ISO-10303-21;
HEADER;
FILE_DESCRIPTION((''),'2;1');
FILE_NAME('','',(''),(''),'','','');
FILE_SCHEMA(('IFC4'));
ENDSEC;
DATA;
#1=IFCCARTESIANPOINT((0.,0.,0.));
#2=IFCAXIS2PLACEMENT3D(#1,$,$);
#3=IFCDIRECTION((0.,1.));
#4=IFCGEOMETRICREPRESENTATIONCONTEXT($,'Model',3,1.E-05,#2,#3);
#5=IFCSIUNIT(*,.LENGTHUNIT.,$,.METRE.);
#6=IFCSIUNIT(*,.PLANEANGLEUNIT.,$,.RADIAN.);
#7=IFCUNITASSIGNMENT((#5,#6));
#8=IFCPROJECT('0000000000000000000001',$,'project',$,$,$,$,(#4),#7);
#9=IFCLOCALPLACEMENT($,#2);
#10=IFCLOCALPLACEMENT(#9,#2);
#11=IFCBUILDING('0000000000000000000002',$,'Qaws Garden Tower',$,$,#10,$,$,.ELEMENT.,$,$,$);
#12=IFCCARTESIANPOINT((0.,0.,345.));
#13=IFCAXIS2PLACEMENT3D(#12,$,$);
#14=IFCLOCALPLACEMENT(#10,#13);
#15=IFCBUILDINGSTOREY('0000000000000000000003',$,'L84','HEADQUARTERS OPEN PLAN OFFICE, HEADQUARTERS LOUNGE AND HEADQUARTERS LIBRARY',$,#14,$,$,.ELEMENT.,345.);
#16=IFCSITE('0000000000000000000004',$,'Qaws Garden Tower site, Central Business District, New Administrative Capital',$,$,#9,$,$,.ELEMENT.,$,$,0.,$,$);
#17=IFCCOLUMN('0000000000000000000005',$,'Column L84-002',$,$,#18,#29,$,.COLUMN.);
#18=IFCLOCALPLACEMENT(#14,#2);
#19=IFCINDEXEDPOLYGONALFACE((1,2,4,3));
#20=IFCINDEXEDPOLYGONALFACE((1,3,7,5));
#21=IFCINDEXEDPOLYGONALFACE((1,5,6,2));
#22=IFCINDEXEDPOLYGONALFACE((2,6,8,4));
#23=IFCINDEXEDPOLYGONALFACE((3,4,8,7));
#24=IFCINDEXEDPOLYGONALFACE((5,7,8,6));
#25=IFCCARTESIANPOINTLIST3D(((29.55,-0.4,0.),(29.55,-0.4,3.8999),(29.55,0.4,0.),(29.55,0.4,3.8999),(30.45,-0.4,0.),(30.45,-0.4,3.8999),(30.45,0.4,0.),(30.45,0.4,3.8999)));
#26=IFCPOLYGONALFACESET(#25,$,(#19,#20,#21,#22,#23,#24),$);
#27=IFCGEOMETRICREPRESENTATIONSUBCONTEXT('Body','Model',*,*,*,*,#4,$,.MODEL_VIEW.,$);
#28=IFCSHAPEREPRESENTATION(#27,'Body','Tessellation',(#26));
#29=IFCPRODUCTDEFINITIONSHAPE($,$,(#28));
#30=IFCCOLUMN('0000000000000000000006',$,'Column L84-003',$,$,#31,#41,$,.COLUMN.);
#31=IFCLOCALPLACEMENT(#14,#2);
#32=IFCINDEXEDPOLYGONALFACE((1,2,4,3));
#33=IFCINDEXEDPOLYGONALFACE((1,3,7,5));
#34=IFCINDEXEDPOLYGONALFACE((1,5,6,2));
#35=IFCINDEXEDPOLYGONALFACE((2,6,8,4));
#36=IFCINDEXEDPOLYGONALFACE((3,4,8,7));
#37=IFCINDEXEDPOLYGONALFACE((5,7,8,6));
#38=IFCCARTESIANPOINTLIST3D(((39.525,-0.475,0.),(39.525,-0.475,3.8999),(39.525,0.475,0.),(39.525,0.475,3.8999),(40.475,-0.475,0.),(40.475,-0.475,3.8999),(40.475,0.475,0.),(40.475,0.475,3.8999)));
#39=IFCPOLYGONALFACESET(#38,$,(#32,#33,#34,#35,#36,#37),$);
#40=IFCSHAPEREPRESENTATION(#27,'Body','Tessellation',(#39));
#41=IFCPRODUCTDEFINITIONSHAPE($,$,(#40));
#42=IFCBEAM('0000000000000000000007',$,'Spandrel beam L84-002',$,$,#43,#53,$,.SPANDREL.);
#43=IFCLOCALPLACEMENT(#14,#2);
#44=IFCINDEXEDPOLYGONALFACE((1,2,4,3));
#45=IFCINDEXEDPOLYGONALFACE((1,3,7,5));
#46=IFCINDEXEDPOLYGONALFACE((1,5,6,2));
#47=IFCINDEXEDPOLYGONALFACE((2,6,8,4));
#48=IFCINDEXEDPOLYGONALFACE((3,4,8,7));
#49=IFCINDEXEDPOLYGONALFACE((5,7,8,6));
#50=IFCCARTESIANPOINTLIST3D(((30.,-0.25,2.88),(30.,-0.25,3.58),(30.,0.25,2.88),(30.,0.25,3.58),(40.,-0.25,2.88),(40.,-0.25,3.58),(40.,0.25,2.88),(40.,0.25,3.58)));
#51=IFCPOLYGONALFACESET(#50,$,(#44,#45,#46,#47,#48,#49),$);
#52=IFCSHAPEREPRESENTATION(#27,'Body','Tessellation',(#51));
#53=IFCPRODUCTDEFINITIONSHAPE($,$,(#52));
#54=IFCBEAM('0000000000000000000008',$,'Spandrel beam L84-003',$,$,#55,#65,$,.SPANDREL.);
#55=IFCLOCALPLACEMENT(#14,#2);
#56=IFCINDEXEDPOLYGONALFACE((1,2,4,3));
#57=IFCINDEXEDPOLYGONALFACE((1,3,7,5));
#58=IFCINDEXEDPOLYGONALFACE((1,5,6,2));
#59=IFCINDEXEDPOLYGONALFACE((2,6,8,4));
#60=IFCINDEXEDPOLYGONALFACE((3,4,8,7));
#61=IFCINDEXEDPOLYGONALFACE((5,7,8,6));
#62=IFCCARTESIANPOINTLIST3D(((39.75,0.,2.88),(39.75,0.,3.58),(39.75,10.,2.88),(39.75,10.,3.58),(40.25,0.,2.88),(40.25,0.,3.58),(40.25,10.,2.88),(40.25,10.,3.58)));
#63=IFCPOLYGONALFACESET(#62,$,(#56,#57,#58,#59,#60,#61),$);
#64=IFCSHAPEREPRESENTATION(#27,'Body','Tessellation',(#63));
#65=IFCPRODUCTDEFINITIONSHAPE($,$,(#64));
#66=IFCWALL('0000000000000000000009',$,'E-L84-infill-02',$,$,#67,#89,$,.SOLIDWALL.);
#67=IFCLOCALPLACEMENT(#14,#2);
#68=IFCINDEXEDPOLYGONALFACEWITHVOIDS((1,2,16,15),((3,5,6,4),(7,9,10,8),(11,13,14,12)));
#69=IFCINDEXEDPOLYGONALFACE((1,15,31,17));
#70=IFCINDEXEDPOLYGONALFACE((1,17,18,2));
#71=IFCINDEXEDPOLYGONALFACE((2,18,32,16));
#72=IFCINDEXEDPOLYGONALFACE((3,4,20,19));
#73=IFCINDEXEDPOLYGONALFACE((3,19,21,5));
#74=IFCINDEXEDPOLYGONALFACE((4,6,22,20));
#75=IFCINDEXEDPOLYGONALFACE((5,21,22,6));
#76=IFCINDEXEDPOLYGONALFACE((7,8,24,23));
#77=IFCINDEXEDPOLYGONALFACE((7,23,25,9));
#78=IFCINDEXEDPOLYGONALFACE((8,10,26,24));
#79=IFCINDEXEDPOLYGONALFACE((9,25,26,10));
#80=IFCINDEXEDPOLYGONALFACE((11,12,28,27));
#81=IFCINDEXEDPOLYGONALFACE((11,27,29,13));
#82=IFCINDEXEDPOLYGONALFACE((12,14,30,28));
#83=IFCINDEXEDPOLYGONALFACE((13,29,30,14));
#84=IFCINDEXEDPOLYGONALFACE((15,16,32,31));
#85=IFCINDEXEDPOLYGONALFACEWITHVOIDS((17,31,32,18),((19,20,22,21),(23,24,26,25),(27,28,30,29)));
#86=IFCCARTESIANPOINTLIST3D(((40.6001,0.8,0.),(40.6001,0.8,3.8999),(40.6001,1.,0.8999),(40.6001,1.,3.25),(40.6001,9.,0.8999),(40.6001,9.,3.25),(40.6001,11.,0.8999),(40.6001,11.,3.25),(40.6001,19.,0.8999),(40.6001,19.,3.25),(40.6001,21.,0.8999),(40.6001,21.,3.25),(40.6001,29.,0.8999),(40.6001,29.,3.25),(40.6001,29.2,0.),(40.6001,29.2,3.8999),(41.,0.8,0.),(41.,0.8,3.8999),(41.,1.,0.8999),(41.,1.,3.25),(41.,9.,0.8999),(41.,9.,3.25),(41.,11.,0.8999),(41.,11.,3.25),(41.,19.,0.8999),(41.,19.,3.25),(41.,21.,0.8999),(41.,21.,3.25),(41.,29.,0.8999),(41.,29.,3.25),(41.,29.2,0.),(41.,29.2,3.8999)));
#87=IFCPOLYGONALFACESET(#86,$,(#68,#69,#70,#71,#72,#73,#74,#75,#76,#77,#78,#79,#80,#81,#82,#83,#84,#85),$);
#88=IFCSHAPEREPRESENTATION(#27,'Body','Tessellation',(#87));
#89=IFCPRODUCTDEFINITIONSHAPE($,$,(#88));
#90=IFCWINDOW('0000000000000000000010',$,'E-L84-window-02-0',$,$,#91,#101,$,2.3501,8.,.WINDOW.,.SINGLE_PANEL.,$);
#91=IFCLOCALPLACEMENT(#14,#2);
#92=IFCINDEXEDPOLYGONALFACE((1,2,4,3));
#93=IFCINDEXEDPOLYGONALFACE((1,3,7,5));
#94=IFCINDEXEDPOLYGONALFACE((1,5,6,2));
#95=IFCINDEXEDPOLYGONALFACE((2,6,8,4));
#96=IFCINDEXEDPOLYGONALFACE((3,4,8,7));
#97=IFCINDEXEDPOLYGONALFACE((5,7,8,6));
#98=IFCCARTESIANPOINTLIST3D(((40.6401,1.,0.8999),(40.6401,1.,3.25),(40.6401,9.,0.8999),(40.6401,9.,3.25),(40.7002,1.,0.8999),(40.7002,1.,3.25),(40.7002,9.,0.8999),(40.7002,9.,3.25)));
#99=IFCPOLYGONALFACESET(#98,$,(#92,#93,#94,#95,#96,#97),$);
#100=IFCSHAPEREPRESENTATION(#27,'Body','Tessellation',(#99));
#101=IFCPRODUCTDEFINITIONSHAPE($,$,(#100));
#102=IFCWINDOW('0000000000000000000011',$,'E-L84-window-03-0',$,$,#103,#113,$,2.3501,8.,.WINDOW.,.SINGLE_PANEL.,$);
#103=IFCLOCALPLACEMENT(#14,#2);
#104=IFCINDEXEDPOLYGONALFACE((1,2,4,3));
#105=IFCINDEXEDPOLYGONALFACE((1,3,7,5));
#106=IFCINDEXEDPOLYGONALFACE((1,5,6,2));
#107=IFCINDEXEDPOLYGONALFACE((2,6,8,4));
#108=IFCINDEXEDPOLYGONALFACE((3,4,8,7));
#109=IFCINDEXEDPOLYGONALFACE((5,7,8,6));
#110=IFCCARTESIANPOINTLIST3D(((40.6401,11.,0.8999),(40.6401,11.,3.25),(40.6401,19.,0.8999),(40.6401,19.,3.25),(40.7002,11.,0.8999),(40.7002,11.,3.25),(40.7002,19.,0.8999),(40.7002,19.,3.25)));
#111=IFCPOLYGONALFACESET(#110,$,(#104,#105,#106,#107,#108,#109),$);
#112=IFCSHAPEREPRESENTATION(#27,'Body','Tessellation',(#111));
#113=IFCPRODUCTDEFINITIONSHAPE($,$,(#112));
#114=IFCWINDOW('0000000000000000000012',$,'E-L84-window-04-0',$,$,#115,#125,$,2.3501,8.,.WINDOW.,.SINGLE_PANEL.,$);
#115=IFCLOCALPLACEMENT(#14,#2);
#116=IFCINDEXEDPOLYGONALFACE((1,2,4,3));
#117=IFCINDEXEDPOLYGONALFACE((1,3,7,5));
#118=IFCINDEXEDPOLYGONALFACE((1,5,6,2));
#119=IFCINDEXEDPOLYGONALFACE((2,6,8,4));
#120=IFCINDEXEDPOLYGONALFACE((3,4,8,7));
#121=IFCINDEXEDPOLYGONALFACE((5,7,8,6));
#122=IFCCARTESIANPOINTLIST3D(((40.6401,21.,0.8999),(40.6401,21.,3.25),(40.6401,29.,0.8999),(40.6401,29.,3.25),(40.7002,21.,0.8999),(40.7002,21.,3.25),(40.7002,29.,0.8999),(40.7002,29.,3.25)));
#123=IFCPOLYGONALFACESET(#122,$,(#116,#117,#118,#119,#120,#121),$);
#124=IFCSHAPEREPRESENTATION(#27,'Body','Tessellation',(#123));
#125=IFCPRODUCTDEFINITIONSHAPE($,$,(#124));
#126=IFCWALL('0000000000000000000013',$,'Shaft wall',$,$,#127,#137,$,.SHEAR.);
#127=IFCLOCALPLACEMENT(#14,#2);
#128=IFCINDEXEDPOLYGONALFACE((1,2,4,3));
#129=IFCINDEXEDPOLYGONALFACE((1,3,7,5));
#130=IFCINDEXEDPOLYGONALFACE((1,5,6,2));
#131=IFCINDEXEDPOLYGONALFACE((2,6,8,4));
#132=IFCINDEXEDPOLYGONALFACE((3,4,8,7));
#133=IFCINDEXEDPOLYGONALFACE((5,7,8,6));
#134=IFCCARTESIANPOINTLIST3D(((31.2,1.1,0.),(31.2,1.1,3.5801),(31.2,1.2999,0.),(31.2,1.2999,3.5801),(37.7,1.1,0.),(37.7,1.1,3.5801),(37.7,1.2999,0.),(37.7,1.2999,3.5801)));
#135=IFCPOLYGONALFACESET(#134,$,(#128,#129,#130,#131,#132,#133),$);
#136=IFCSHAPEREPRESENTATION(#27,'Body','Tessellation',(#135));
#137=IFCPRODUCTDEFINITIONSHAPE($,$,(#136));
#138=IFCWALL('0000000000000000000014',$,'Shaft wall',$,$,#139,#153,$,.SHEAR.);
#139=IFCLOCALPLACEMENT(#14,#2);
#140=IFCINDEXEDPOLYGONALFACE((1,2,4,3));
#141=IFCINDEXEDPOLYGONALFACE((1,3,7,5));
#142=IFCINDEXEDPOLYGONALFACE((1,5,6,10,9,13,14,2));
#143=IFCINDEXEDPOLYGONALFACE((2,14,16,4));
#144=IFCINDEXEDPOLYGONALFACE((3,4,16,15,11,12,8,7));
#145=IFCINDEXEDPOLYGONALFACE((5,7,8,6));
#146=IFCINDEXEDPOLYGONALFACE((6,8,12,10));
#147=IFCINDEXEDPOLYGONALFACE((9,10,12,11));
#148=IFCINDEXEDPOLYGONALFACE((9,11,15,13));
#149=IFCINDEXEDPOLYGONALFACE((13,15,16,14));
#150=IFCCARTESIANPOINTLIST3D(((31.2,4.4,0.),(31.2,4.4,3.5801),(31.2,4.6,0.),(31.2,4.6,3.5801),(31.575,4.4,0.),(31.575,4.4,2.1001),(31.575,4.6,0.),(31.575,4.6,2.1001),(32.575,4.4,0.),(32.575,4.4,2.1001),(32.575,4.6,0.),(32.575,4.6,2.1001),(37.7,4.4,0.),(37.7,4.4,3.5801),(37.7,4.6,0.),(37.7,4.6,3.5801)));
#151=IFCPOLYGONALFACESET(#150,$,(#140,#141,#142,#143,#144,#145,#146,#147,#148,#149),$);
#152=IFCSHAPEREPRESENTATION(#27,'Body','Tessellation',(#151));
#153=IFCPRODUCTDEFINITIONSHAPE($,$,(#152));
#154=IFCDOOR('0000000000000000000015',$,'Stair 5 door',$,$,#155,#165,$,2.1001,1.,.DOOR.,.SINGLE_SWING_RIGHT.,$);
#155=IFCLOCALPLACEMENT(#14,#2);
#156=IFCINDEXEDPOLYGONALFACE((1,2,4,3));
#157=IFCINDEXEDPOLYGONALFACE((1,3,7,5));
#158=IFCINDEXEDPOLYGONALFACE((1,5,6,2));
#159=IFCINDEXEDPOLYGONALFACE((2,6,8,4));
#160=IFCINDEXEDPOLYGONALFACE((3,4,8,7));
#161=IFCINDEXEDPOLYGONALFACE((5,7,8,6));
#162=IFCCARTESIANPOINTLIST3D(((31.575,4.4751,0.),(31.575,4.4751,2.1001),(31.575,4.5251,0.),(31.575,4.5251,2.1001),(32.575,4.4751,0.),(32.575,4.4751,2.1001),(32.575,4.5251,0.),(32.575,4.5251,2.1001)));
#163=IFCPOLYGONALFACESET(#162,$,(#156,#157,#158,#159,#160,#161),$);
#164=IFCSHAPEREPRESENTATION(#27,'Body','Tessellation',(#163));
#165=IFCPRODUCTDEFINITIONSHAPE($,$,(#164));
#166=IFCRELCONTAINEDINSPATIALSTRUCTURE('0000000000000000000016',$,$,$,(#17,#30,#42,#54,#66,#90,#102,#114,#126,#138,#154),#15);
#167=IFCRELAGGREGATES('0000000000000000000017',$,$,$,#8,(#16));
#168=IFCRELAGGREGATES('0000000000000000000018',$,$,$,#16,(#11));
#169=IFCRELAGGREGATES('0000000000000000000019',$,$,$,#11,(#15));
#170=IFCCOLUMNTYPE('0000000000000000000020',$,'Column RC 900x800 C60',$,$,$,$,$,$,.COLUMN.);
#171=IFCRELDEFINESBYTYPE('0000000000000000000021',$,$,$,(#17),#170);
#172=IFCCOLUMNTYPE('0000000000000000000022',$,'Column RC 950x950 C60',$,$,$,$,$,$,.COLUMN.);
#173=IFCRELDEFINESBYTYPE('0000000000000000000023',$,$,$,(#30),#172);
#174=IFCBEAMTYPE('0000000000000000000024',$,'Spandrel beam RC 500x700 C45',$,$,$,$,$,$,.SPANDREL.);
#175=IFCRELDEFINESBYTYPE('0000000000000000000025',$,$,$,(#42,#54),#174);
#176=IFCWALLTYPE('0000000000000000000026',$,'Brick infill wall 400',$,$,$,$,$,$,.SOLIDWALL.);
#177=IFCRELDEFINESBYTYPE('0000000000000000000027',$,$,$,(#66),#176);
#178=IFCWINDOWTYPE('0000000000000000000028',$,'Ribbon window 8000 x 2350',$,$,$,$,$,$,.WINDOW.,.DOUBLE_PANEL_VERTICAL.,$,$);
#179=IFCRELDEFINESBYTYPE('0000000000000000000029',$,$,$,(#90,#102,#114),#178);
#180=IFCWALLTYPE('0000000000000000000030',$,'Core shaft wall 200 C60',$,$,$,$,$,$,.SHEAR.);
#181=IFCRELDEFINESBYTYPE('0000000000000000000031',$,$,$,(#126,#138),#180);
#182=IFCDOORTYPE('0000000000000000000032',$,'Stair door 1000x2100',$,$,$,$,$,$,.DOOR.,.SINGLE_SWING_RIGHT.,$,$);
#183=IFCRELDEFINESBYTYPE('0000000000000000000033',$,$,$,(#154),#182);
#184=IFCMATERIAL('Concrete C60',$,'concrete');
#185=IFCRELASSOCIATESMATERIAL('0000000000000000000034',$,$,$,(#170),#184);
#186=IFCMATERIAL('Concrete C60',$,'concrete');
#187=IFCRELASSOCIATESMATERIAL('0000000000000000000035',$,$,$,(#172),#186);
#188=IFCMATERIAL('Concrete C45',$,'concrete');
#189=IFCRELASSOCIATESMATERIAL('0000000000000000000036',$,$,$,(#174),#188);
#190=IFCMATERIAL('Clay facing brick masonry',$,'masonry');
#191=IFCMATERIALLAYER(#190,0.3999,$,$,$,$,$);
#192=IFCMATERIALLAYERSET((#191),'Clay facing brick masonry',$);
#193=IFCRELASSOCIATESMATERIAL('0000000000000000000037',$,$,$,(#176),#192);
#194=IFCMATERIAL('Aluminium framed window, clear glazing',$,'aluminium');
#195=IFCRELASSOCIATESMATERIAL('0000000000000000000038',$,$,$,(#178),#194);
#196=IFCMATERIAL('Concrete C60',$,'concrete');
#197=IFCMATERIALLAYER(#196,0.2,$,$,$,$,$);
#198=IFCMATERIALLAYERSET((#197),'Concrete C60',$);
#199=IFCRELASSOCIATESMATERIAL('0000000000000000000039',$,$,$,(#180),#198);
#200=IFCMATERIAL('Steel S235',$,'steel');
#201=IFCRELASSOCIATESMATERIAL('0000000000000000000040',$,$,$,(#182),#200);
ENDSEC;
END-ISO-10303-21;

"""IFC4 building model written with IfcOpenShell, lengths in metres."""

from ifc_helpers import new_model, si_unit, direction, frame, frame_2d, origin, origin_2d, place, context, subcontext, project, spatial, rectangle, extrude, material, layer, layer_set, material_profile, profile_set, type_object, element, fill, save


model = new_model("IFC4")

# Units and contexts
model_context = context("Model", 3, precision=1e-05, world=origin(), true_north=direction((0.0, 1.0)))
body_context = subcontext(model_context, "Body", "Model", "MODEL_VIEW")
ifc_project = project(units=[si_unit("LENGTHUNIT", "METRE"), si_unit("PLANEANGLEUNIT", "RADIAN")], contexts=[model_context])

# Site, building, storey
site_placement = place(None, origin())
site = spatial("IfcSite", under=ifc_project, at=site_placement, Name="Qaws Garden Tower site, Central Business District, New Administrative Capital", CompositionType="ELEMENT", RefElevation=0.0)
building_placement = place(site_placement, origin())
building = spatial("IfcBuilding", under=site, at=building_placement, Name="Qaws Garden Tower", CompositionType="ELEMENT")
storey_placement = place(building_placement, frame((0.0, 0.0, 345.0)))
storey = spatial("IfcBuildingStorey", under=building, at=storey_placement, Name="L84", Description="HEADQUARTERS OPEN PLAN OFFICE, HEADQUARTERS LOUNGE AND HEADQUARTERS LIBRARY", CompositionType="ELEMENT", Elevation=345.0)

# Columns
ifc_material_1 = material(Name="Concrete C60", Category="concrete")
ifc_material_profile_1 = material_profile(ifc_material_1, rectangle(XDim=0.8999, YDim=0.8, at=origin_2d()), Name="RC 900x800")
ifc_profile_set_1 = profile_set([ifc_material_profile_1], Name="Concrete C60")
column_type_1 = type_object("IfcColumnType", Name="Column RC 900x800 C60", PredefinedType="COLUMN", material=ifc_profile_set_1)
column_1_placement = place(storey_placement, frame((30.0, 0.0, 0.0), z_axis=(0.0, 0.0, 1.0), x_axis=(1.0, 0.0, 0.0)))
element("IfcColumn", 1, at=column_1_placement, inside=storey, type_object=column_type_1, Name="Column L84-002", PredefinedType="COLUMN", context=body_context, shape_type="SweptSolid", body=[
    extrude(rectangle(XDim=0.8999, YDim=0.8, at=origin_2d()), origin(), (0.0, 0.0, 1.0), 3.8999),
])
ifc_material_2 = material(Name="Concrete C60", Category="concrete")
ifc_material_profile_2 = material_profile(ifc_material_2, rectangle(XDim=0.95, YDim=0.95, at=origin_2d()), Name="RC 950x950")
ifc_profile_set_2 = profile_set([ifc_material_profile_2], Name="Concrete C60")
column_type_2 = type_object("IfcColumnType", Name="Column RC 950x950 C60", PredefinedType="COLUMN", material=ifc_profile_set_2)
column_2_placement = place(storey_placement, frame((40.0, 0.0, 0.0), z_axis=(0.0, 0.0, 1.0), x_axis=(1.0, 0.0, 0.0)))
element("IfcColumn", 2, at=column_2_placement, inside=storey, type_object=column_type_2, Name="Column L84-003", PredefinedType="COLUMN", context=body_context, shape_type="SweptSolid", body=[
    extrude(rectangle(XDim=0.95, YDim=0.95, at=origin_2d()), origin(), (0.0, 0.0, 1.0), 3.8999),
])

# Beams
ifc_material_3 = material(Name="Concrete C45", Category="concrete")
ifc_material_profile_3 = material_profile(ifc_material_3, rectangle(XDim=0.5, YDim=0.7, at=origin_2d()), Name="RC 500x700")
ifc_profile_set_3 = profile_set([ifc_material_profile_3], Name="Concrete C45")
beam_type = type_object("IfcBeamType", Name="Spandrel beam RC 500x700 C45", PredefinedType="SPANDREL", material=ifc_profile_set_3)
for number, where, z_axis, x_axis, name in (
    (3, (30.0, 0.0, 3.23), (1.0, 0.0, 0.0), (0.0, 1.0, 0.0), "Spandrel beam L84-002"),
    (4, (40.0, 0.0, 3.23), (0.0, 1.0, 0.0), (-1.0, 0.0, 0.0), "Spandrel beam L84-003"),
):
    element("IfcBeam", number, at=place(storey_placement, frame(where, z_axis=z_axis, x_axis=x_axis)), inside=storey, type_object=beam_type, Name=name, PredefinedType="SPANDREL", context=body_context, shape_type="SweptSolid", body=[
        extrude(rectangle(XDim=0.5, YDim=0.7, at=origin_2d()), origin(), (0.0, 0.0, 1.0), 10.0),
    ])

# Wall, openings, windows
ifc_material_4 = material(Name="Clay facing brick masonry", Category="masonry")
ifc_layer_1 = layer(ifc_material_4, 0.3999)
ifc_layer_set_1 = layer_set([ifc_layer_1], Name="Clay facing brick masonry")
wall_type_1 = type_object("IfcWallType", Name="Brick infill wall 400", PredefinedType="SOLIDWALL", material=ifc_layer_set_1)
wall_1_placement = place(storey_placement, frame((40.8, 0.8, 0.0), z_axis=(0.0, 0.0, 1.0), x_axis=(0.0, 1.0, 0.0)))
wall_1 = element("IfcWall", 5, at=wall_1_placement, inside=storey, type_object=wall_type_1, Name="E-L84-infill-02", PredefinedType="SOLIDWALL", context=body_context, shape_type="SweptSolid", body=[
    extrude(rectangle(XDim=28.3999, YDim=0.3999, at=frame_2d((14.2, 0.0))), origin(), (0.0, 0.0, 1.0), 3.8999),
])
opening_1_placement = place(wall_1_placement, frame((0.2, 0.0, 0.8999)))
opening_1 = element("IfcOpeningElement", 6, at=opening_1_placement, cuts=wall_1, PredefinedType="OPENING", context=body_context, shape_type="SweptSolid", body=[
    extrude(rectangle(XDim=8.0, YDim=2.3501, at=frame_2d((4.0, 1.175))), frame((0.0, 0.21, 0.0), z_axis=(0.0, -1.0, 0.0), x_axis=(1.0, 0.0, 0.0)), (0.0, 0.0, 1.0), 0.4199),
])
opening_2_placement = place(wall_1_placement, frame((10.2, 0.0, 0.8999)))
opening_2 = element("IfcOpeningElement", 7, at=opening_2_placement, cuts=wall_1, PredefinedType="OPENING", context=body_context, shape_type="SweptSolid", body=[
    extrude(rectangle(XDim=8.0, YDim=2.3501, at=frame_2d((4.0, 1.175))), frame((0.0, 0.21, 0.0), z_axis=(0.0, -1.0, 0.0), x_axis=(1.0, 0.0, 0.0)), (0.0, 0.0, 1.0), 0.4199),
])
opening_3_placement = place(wall_1_placement, frame((20.2, 0.0, 0.8999)))
opening_3 = element("IfcOpeningElement", 8, at=opening_3_placement, cuts=wall_1, PredefinedType="OPENING", context=body_context, shape_type="SweptSolid", body=[
    extrude(rectangle(XDim=8.0, YDim=2.3501, at=frame_2d((4.0, 1.175))), frame((0.0, 0.21, 0.0), z_axis=(0.0, -1.0, 0.0), x_axis=(1.0, 0.0, 0.0)), (0.0, 0.0, 1.0), 0.4199),
])
ifc_material_5 = material(Name="Aluminium framed window, clear glazing", Category="aluminium")
window_type = type_object("IfcWindowType", Name="Ribbon window 8000 x 2350", PartitioningType="DOUBLE_PANEL_VERTICAL", PredefinedType="WINDOW", material=ifc_material_5)
window_1_placement = place(opening_1_placement, origin())
window_1 = element("IfcWindow", 9, at=window_1_placement, inside=storey, type_object=window_type, Name="E-L84-window-02-0", OverallHeight=2.3501, OverallWidth=8.0, PartitioningType="SINGLE_PANEL", PredefinedType="WINDOW", context=body_context, shape_type="SweptSolid", body=[
    extrude(rectangle(XDim=8.0, YDim=2.3501, at=frame_2d((4.0, 1.175))), frame((0.0, 0.1599, 0.0), z_axis=(0.0, -1.0, 0.0), x_axis=(1.0, 0.0, 0.0)), (0.0, 0.0, 1.0), 0.0601),
])
fill(opening_1, window_1)
window_2_placement = place(opening_2_placement, origin())
window_2 = element("IfcWindow", 10, at=window_2_placement, inside=storey, type_object=window_type, Name="E-L84-window-03-0", OverallHeight=2.3501, OverallWidth=8.0, PartitioningType="SINGLE_PANEL", PredefinedType="WINDOW", context=body_context, shape_type="SweptSolid", body=[
    extrude(rectangle(XDim=8.0, YDim=2.3501, at=frame_2d((4.0, 1.175))), frame((0.0, 0.1599, 0.0), z_axis=(0.0, -1.0, 0.0), x_axis=(1.0, 0.0, 0.0)), (0.0, 0.0, 1.0), 0.0601),
])
fill(opening_2, window_2)
window_3_placement = place(opening_3_placement, origin())
window_3 = element("IfcWindow", 11, at=window_3_placement, inside=storey, type_object=window_type, Name="E-L84-window-04-0", OverallHeight=2.3501, OverallWidth=8.0, PartitioningType="SINGLE_PANEL", PredefinedType="WINDOW", context=body_context, shape_type="SweptSolid", body=[
    extrude(rectangle(XDim=8.0, YDim=2.3501, at=frame_2d((4.0, 1.175))), frame((0.0, 0.1599, 0.0), z_axis=(0.0, -1.0, 0.0), x_axis=(1.0, 0.0, 0.0)), (0.0, 0.0, 1.0), 0.0601),
])
fill(opening_3, window_3)

# Wall
ifc_material_6 = material(Name="Concrete C60", Category="concrete")
ifc_layer_2 = layer(ifc_material_6, 0.2)
ifc_layer_set_2 = layer_set([ifc_layer_2], Name="Concrete C60")
wall_type_2 = type_object("IfcWallType", Name="Core shaft wall 200 C60", PredefinedType="SHEAR", material=ifc_layer_set_2)
wall_2_placement = place(storey_placement, frame((31.2, 1.2, 0.0), z_axis=(0.0, 0.0, 1.0), x_axis=(1.0, 0.0, 0.0)))
element("IfcWall", 12, at=wall_2_placement, inside=storey, type_object=wall_type_2, Name="Shaft wall", PredefinedType="SHEAR", context=body_context, shape_type="SweptSolid", body=[
    extrude(rectangle(XDim=6.5, YDim=0.2, at=frame_2d((3.25, 0.0))), origin(), (0.0, 0.0, 1.0), 3.5801),
])

# Wall, opening, door
wall_3_placement = place(storey_placement, frame((31.2, 4.5, 0.0), z_axis=(0.0, 0.0, 1.0), x_axis=(1.0, 0.0, 0.0)))
wall_3 = element("IfcWall", 13, at=wall_3_placement, inside=storey, type_object=wall_type_2, Name="Shaft wall", PredefinedType="SHEAR", context=body_context, shape_type="SweptSolid", body=[
    extrude(rectangle(XDim=6.5, YDim=0.2, at=frame_2d((3.25, 0.0))), origin(), (0.0, 0.0, 1.0), 3.5801),
])
opening_4_placement = place(wall_3_placement, frame((0.375, 0.0, 0.0)))
opening_4 = element("IfcOpeningElement", 14, at=opening_4_placement, cuts=wall_3, PredefinedType="OPENING", context=body_context, shape_type="SweptSolid", body=[
    extrude(rectangle(XDim=1.0, YDim=2.1001, at=frame_2d((0.5, 1.05))), frame((0.0, 0.1099, 0.0), z_axis=(0.0, -1.0, 0.0), x_axis=(1.0, 0.0, 0.0)), (0.0, 0.0, 1.0), 0.22),
])
ifc_material_7 = material(Name="Steel S235", Category="steel")
door_type = type_object("IfcDoorType", Name="Stair door 1000x2100", OperationType="SINGLE_SWING_RIGHT", PredefinedType="DOOR", material=ifc_material_7)
door_placement = place(opening_4_placement, frame((1.0, 0.0, 0.0), z_axis=(0.0, 0.0, 1.0), x_axis=(-1.0, 0.0, 0.0)))
door = element("IfcDoor", 15, at=door_placement, inside=storey, type_object=door_type, Name="Stair 5 door", OperationType="SINGLE_SWING_RIGHT", OverallHeight=2.1001, OverallWidth=1.0, PredefinedType="DOOR", context=body_context, shape_type="SweptSolid", body=[
    extrude(rectangle(XDim=1.0, YDim=2.1001, at=frame_2d((0.5, 1.05))), frame((0.0, 0.0249, 0.0), z_axis=(0.0, -1.0, 0.0), x_axis=(1.0, 0.0, 0.0)), (0.0, 0.0, 1.0), 0.05),
])
fill(opening_4, door)

save(model, "model.ifc")
